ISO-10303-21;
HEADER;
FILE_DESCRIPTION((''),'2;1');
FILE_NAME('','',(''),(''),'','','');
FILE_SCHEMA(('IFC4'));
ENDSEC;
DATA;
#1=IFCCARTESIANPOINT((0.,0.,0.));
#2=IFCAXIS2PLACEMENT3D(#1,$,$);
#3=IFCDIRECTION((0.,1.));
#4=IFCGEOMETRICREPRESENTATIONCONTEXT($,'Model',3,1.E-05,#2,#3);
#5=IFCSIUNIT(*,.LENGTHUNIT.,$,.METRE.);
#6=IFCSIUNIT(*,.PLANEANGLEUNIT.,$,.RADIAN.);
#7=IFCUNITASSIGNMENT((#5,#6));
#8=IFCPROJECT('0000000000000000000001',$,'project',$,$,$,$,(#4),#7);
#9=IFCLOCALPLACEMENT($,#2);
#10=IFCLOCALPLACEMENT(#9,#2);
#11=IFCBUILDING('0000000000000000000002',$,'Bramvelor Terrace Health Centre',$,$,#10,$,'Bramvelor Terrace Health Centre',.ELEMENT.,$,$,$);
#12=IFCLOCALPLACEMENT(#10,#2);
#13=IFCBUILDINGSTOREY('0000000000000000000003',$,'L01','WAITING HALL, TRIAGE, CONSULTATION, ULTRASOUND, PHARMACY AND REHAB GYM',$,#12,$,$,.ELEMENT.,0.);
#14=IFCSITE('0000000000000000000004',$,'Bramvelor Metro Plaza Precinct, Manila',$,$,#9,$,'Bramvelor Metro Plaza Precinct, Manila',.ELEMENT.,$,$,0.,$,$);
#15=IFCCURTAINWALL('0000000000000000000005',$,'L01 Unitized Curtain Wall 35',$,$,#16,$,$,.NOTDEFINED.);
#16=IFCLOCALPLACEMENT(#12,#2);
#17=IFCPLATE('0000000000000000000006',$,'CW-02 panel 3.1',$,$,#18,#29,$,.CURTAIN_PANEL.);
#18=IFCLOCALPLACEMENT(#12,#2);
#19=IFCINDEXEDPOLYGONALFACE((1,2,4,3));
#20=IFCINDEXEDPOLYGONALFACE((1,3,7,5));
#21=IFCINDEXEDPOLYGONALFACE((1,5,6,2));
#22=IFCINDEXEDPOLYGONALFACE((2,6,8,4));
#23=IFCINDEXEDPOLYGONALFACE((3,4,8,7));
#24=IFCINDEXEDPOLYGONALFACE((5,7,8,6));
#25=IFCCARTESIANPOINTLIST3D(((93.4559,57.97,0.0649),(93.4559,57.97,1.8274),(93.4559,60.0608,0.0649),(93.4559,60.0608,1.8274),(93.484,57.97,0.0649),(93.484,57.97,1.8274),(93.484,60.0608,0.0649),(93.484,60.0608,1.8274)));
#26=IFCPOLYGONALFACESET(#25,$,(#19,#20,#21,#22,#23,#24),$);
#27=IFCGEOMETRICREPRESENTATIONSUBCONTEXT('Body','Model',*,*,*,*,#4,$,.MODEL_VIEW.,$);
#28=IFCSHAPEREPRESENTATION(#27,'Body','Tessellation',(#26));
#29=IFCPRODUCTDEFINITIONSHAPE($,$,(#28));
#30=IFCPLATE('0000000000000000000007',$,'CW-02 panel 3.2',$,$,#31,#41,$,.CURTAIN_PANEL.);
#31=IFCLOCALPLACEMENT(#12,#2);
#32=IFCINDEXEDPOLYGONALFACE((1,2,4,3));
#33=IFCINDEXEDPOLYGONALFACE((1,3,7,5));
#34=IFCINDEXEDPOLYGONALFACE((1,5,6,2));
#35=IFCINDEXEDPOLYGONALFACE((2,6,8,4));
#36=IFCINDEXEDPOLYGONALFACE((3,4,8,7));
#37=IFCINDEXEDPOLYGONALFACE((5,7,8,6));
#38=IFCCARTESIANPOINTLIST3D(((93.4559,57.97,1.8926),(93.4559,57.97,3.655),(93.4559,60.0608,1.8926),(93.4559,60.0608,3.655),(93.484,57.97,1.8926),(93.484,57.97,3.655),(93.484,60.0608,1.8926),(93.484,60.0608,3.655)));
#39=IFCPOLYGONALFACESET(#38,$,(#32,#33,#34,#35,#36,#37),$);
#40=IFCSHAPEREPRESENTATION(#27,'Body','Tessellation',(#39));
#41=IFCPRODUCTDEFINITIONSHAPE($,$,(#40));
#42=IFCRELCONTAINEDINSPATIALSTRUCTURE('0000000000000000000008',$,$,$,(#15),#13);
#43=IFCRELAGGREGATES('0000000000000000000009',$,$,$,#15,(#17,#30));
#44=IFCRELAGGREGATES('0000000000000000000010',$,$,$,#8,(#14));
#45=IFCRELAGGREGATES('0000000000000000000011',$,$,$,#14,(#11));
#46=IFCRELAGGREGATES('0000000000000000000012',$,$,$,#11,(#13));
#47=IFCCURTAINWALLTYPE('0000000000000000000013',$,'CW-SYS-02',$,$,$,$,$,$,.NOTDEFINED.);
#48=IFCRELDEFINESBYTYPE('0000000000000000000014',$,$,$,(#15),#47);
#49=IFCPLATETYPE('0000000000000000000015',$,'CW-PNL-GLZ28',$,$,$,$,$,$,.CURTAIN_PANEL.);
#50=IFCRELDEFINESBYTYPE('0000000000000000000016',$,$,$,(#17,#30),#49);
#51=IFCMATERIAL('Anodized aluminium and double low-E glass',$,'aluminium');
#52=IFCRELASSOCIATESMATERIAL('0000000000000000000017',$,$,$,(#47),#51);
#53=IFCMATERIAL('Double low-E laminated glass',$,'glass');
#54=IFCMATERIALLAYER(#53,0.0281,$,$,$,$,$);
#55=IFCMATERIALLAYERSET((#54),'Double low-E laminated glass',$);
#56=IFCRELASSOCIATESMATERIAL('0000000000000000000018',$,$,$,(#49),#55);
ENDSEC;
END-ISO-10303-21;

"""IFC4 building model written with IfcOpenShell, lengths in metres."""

from ifc_helpers import new_model, si_unit, direction, frame, origin, origin_2d, place, context, subcontext, project, spatial, rectangle, extrude, material, layer, layer_set, type_object, element, aggregate, save


model = new_model("IFC4")

# Units and contexts
model_context = context("Model", 3, precision=1e-05, world=origin(), true_north=direction((0.0, 1.0)))
body_context = subcontext(model_context, "Body", "Model", "MODEL_VIEW")
ifc_project = project(units=[si_unit("LENGTHUNIT", "METRE"), si_unit("PLANEANGLEUNIT", "RADIAN")], contexts=[model_context])

# Site, building, storey
site_placement = place(None, origin())
site = spatial("IfcSite", under=ifc_project, at=site_placement, Name="Bramvelor Metro Plaza Precinct, Manila", LongName="Bramvelor Metro Plaza Precinct, Manila", CompositionType="ELEMENT", RefElevation=0.0)
building_placement = place(site_placement, origin())
building = spatial("IfcBuilding", under=site, at=building_placement, Name="Bramvelor Terrace Health Centre", LongName="Bramvelor Terrace Health Centre", CompositionType="ELEMENT")
storey_placement = place(building_placement, origin())
storey = spatial("IfcBuildingStorey", under=building, at=storey_placement, Name="L01", Description="WAITING HALL, TRIAGE, CONSULTATION, ULTRASOUND, PHARMACY AND REHAB GYM", CompositionType="ELEMENT", Elevation=0.0)

# Curtain wall, plates
ifc_material_1 = material(Name="Anodized aluminium and double low-E glass", Category="aluminium")
curtain_wall_type = type_object("IfcCurtainWallType", Name="CW-SYS-02", PredefinedType="NOTDEFINED", material=ifc_material_1)
curtain_wall_placement = place(storey_placement, origin())
curtain_wall = element("IfcCurtainWall", 1, at=curtain_wall_placement, inside=storey, type_object=curtain_wall_type, Name="L01 Unitized Curtain Wall 35", PredefinedType="NOTDEFINED")
ifc_material_2 = material(Name="Double low-E laminated glass", Category="glass")
ifc_layer = layer(ifc_material_2, 0.0281)
ifc_layer_set = layer_set([ifc_layer], Name="Double low-E laminated glass")
plate_type = type_object("IfcPlateType", Name="CW-PNL-GLZ28", PredefinedType="CURTAIN_PANEL", material=ifc_layer_set)
plate_1_placement = place(storey_placement, frame((93.47, 59.0154, 0.0649), z_axis=(0.0, 0.0, 1.0), x_axis=(0.0, -1.0, 0.0)))
plate_1 = element("IfcPlate", 2, at=plate_1_placement, type_object=plate_type, Name="CW-02 panel 3.1", PredefinedType="CURTAIN_PANEL", context=body_context, shape_type="SweptSolid", body=[
    extrude(rectangle(XDim=2.0908, YDim=0.0281, at=origin_2d()), origin(), (0.0, 0.0, 1.0), 1.7625),
])
plate_2_placement = place(storey_placement, frame((93.47, 59.0154, 1.8926), z_axis=(0.0, 0.0, 1.0), x_axis=(0.0, -1.0, 0.0)))
plate_2 = element("IfcPlate", 3, at=plate_2_placement, type_object=plate_type, Name="CW-02 panel 3.2", PredefinedType="CURTAIN_PANEL", context=body_context, shape_type="SweptSolid", body=[
    extrude(rectangle(XDim=2.0908, YDim=0.0281, at=origin_2d()), origin(), (0.0, 0.0, 1.0), 1.7625),
])
aggregate(curtain_wall, [plate_1, plate_2])

save(model, "model.ifc")
